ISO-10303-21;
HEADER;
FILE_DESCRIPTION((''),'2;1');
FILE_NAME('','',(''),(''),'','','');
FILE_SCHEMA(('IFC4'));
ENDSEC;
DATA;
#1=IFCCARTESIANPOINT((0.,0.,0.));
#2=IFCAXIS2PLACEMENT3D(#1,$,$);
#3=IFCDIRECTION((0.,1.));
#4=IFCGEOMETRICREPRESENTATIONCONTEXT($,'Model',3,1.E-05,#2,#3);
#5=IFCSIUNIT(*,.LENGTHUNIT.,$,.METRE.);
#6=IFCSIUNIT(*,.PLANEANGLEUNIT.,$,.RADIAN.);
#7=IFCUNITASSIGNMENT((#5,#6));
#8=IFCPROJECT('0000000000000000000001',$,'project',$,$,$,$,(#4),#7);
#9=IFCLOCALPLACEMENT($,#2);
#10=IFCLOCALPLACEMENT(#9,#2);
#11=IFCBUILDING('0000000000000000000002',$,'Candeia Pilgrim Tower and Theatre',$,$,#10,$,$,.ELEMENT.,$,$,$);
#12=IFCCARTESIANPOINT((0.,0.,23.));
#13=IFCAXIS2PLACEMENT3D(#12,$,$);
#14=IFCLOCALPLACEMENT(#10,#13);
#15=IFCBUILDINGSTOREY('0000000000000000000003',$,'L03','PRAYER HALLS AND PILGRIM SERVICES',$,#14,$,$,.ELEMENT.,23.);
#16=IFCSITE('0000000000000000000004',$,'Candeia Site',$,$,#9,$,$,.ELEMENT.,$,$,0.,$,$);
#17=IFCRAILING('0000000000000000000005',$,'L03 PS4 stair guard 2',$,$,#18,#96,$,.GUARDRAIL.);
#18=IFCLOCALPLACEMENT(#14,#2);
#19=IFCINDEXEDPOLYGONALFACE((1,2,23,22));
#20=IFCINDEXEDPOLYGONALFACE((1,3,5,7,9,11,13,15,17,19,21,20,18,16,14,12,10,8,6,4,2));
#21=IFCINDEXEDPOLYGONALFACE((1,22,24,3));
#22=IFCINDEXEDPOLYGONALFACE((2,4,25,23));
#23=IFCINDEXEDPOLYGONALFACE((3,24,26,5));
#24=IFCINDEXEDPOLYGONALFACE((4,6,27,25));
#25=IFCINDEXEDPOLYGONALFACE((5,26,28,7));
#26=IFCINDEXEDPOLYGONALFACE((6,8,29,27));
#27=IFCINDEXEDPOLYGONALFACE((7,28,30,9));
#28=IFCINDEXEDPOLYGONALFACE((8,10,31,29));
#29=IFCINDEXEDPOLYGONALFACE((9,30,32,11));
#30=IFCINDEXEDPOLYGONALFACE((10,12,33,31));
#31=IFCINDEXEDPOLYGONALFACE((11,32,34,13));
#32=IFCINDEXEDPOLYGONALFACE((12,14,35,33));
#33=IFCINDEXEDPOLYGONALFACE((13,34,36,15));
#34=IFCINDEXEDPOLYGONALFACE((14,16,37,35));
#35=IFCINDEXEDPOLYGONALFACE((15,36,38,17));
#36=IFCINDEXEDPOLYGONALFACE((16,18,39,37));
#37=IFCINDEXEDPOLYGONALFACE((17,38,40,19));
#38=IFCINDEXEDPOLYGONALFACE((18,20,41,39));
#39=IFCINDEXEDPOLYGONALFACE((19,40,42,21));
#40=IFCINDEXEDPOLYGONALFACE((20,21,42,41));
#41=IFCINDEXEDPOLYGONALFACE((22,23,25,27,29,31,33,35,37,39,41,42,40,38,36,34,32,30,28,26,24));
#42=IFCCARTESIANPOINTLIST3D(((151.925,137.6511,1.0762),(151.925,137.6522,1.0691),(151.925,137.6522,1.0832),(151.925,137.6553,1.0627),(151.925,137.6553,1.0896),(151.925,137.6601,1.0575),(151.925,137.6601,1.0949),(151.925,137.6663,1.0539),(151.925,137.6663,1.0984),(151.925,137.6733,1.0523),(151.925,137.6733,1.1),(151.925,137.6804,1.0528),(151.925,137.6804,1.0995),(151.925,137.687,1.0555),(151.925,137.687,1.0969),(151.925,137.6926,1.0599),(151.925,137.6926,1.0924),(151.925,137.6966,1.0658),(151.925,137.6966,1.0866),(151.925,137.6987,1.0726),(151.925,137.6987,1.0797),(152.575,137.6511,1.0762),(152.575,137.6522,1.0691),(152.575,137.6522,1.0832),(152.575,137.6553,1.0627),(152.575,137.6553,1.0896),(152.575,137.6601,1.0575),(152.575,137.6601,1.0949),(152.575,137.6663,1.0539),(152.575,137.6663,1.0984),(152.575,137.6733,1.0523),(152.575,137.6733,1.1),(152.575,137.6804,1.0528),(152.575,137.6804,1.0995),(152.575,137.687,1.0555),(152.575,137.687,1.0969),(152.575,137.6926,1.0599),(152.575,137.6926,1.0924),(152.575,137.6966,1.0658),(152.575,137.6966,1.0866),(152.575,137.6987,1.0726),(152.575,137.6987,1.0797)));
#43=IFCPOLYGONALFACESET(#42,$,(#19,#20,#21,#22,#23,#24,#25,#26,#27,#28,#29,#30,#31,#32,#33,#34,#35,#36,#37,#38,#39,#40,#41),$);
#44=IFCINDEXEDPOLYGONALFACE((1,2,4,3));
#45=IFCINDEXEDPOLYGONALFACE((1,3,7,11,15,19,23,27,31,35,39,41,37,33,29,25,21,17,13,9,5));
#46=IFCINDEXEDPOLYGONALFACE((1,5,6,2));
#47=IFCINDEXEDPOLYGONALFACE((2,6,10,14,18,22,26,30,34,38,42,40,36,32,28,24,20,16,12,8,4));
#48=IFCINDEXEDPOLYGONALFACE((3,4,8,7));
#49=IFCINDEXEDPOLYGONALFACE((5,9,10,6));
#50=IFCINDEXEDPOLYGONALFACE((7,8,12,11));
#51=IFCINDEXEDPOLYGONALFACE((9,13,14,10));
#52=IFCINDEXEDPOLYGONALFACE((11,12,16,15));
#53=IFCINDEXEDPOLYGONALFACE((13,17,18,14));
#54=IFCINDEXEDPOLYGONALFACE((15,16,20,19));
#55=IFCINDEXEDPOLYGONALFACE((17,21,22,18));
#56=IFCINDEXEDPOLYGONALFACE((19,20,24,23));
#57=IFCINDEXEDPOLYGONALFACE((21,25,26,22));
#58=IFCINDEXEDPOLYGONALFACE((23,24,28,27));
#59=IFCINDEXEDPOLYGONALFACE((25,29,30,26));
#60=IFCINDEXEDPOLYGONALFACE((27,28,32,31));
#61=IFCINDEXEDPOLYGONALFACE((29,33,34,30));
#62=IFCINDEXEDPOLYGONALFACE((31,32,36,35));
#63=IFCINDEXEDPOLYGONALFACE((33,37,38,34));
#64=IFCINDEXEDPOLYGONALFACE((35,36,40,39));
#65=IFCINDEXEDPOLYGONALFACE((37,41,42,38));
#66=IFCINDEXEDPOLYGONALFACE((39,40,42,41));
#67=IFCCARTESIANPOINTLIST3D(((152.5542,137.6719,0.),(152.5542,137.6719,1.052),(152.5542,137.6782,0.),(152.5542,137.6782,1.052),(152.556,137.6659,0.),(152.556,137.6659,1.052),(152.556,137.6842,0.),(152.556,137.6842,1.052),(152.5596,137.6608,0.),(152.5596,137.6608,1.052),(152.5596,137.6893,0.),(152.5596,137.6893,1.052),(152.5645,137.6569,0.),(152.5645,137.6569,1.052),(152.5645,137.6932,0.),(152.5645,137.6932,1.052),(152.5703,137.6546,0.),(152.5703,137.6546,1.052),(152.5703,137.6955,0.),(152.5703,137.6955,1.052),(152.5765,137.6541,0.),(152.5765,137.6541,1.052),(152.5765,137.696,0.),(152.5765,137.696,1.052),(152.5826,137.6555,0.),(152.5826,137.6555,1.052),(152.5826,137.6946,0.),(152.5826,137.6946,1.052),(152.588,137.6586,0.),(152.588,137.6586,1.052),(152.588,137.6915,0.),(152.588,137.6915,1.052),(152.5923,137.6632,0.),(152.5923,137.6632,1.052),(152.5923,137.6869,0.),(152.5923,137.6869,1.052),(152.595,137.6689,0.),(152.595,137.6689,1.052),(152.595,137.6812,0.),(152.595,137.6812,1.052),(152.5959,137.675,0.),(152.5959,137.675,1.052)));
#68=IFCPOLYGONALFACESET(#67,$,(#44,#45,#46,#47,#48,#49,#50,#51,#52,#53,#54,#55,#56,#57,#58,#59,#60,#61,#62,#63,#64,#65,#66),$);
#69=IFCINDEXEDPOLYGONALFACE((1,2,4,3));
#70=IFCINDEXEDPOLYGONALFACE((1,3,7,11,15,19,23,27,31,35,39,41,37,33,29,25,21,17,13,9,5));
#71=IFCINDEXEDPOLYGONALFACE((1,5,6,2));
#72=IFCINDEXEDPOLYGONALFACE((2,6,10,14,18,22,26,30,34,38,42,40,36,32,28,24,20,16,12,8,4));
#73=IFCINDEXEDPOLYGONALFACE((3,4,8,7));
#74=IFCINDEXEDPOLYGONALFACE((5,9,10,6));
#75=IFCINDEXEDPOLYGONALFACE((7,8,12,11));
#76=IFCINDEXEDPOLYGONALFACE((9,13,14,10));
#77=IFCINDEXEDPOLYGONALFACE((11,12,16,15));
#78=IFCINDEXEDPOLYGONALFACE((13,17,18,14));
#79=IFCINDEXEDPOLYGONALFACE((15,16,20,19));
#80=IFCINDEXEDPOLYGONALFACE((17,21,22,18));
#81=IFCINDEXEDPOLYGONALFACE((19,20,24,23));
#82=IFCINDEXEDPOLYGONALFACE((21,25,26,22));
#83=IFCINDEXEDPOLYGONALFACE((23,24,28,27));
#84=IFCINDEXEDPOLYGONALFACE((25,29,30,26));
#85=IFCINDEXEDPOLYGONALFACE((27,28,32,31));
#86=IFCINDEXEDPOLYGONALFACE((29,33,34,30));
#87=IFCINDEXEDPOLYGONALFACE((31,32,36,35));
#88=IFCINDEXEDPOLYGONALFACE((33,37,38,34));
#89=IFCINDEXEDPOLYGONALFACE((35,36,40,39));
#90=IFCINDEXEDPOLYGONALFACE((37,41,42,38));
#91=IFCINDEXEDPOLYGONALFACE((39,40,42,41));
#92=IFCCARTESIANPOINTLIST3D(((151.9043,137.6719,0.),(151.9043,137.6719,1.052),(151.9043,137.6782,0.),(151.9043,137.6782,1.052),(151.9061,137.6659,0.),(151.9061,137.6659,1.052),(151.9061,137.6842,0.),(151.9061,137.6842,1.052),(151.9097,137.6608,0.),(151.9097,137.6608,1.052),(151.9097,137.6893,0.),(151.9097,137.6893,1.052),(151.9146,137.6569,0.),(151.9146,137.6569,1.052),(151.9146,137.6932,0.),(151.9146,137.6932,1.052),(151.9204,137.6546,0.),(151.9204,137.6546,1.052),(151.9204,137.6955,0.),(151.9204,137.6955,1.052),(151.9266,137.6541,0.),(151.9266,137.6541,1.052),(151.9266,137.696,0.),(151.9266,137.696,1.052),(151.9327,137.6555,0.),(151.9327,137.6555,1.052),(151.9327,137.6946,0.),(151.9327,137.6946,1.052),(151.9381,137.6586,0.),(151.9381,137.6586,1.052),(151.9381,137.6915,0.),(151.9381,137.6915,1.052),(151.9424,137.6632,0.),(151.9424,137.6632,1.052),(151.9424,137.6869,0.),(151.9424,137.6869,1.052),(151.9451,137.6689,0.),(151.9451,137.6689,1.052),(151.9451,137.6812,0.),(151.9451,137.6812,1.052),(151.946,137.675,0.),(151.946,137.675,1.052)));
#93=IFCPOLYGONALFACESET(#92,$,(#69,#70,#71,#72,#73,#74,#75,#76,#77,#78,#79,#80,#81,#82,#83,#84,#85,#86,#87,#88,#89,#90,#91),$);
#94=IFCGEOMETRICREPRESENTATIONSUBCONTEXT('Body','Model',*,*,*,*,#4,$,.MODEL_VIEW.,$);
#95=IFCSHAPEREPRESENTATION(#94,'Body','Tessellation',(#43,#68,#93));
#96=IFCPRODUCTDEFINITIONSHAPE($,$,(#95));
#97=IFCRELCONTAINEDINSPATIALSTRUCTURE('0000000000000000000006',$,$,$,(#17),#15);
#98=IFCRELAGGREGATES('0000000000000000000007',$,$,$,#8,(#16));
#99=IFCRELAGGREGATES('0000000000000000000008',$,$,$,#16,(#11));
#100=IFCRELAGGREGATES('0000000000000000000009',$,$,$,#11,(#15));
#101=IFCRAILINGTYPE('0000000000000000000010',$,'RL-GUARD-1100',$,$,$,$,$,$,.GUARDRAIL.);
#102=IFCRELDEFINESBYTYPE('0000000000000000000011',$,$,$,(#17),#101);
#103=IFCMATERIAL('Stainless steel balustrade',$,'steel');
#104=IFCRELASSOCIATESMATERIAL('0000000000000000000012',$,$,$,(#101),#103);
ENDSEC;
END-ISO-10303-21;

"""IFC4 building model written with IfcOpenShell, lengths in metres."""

from ifc_helpers import new_model, si_unit, direction, frame, origin, origin_2d, place, context, subcontext, project, spatial, circle, extrude, material, type_object, element, save


model = new_model("IFC4")

# Units and contexts
model_context = context("Model", 3, precision=1e-05, world=origin(), true_north=direction((0.0, 1.0)))
body_context = subcontext(model_context, "Body", "Model", "MODEL_VIEW")
ifc_project = project(units=[si_unit("LENGTHUNIT", "METRE"), si_unit("PLANEANGLEUNIT", "RADIAN")], contexts=[model_context])

# Site, building, storey
site_placement = place(None, origin())
site = spatial("IfcSite", under=ifc_project, at=site_placement, Name="Candeia Site", CompositionType="ELEMENT", RefElevation=0.0)
building_placement = place(site_placement, origin())
building = spatial("IfcBuilding", under=site, at=building_placement, Name="Candeia Pilgrim Tower and Theatre", CompositionType="ELEMENT")
storey_placement = place(building_placement, frame((0.0, 0.0, 23.0)))
storey = spatial("IfcBuildingStorey", under=building, at=storey_placement, Name="L03", Description="PRAYER HALLS AND PILGRIM SERVICES", CompositionType="ELEMENT", Elevation=23.0)

# Railing
ifc_material_1 = material(Name="Stainless steel balustrade", Category="steel")
railing_type_1 = type_object("IfcRailingType", Name="RL-GUARD-1100", PredefinedType="GUARDRAIL", material=ifc_material_1)
railing_1_placement = place(storey_placement, frame((152.575, 137.675, 0.0)))
element("IfcRailing", 1, at=railing_1_placement, inside=storey, type_object=railing_type_1, Name="L03 PS4 stair guard 2", PredefinedType="GUARDRAIL", context=body_context, shape_type="SweptSolid", body=[
    extrude(circle(Radius=0.0239, at=origin_2d()), frame((0.0, 0.0, 1.0762), z_axis=(-1.0, 0.0, 0.0), x_axis=(0.0, -1.0, 0.0)), (0.0, 0.0, 1.0), 0.6499),
    extrude(circle(Radius=0.021, at=origin_2d()), origin(), (0.0, 0.0, 1.0), 1.052),
    extrude(circle(Radius=0.021, at=origin_2d()), frame((-0.6499, 0.0, 0.0)), (0.0, 0.0, 1.0), 1.052),
])

save(model, "model.ifc")
